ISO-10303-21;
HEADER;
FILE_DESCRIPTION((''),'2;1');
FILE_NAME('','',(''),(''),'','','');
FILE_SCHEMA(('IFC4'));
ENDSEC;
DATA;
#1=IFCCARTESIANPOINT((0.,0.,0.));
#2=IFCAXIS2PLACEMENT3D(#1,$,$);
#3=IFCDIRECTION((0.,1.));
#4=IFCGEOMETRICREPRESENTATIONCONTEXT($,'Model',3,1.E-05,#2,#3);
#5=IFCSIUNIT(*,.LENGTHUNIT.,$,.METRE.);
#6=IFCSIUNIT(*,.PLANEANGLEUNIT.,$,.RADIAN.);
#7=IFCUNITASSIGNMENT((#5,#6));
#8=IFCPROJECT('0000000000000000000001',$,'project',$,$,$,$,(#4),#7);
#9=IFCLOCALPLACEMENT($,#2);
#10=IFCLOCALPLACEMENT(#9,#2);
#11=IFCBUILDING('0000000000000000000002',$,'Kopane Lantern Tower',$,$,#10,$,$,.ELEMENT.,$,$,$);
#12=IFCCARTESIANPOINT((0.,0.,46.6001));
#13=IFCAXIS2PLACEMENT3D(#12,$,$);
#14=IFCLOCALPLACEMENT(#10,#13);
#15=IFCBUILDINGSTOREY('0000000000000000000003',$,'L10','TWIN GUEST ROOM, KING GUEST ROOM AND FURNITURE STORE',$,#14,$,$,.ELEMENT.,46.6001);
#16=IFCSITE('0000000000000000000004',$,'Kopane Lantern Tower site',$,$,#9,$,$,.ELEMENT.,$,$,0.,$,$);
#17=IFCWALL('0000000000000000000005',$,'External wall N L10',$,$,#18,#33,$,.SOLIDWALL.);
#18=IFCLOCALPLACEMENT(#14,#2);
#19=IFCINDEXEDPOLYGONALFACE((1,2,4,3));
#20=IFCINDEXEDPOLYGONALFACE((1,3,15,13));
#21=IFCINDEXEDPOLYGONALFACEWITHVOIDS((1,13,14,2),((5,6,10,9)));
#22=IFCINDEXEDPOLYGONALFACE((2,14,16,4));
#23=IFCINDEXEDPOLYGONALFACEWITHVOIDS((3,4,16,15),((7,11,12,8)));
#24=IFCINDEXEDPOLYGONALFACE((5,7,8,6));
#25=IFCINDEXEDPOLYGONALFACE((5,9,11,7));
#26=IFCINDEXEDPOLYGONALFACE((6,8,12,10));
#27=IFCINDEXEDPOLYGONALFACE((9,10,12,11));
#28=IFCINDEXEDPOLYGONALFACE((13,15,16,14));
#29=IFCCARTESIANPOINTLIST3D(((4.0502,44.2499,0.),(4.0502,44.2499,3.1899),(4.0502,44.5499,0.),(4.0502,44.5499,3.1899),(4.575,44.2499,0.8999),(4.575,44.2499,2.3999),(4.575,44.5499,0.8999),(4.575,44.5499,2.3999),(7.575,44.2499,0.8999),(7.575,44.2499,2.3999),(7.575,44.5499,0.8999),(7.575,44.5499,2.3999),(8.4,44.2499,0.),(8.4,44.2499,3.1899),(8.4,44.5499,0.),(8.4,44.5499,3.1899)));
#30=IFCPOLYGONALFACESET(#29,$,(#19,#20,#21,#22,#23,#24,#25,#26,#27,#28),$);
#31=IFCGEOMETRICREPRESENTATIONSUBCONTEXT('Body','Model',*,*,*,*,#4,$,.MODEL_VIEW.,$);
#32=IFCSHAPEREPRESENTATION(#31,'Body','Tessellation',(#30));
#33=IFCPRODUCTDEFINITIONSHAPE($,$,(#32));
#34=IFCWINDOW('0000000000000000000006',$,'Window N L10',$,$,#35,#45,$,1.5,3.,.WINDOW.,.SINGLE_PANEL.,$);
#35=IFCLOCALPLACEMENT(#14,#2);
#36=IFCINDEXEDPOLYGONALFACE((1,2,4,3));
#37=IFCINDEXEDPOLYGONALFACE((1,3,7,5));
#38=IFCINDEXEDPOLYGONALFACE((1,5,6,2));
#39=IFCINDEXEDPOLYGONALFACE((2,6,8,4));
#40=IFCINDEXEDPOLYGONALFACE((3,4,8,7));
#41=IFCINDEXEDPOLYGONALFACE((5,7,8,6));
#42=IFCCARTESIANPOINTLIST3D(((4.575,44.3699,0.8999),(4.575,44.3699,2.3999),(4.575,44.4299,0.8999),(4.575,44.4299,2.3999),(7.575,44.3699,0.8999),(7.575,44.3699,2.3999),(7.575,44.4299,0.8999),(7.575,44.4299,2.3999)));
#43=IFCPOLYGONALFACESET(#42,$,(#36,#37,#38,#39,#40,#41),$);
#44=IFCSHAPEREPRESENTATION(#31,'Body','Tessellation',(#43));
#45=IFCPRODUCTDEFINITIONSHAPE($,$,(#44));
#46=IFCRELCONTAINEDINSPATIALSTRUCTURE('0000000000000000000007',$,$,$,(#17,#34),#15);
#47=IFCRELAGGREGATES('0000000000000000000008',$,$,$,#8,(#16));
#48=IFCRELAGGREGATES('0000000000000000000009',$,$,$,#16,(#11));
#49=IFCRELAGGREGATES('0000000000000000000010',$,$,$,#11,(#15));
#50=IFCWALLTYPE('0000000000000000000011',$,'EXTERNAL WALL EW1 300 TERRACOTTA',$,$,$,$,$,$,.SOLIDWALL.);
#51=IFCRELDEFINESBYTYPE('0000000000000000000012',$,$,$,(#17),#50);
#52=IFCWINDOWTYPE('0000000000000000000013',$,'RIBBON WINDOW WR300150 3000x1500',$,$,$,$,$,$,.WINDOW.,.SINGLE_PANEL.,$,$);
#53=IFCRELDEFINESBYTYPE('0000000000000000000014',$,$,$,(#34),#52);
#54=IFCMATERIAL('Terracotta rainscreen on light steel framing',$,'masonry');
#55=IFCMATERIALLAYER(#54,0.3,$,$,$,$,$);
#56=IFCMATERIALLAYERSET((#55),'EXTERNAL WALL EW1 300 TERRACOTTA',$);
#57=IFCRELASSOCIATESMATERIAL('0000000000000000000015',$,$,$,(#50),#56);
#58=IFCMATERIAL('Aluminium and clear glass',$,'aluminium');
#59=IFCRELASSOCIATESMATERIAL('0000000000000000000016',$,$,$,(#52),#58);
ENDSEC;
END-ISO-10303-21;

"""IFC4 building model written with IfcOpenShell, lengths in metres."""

from ifc_helpers import new_model, si_unit, direction, frame, frame_2d, origin, place, context, subcontext, project, spatial, rectangle, extrude, material, layer, layer_set, type_object, element, fill, save


model = new_model("IFC4")

# Units and contexts
model_context = context("Model", 3, precision=1e-05, world=origin(), true_north=direction((0.0, 1.0)))
body_context = subcontext(model_context, "Body", "Model", "MODEL_VIEW")
ifc_project = project(units=[si_unit("LENGTHUNIT", "METRE"), si_unit("PLANEANGLEUNIT", "RADIAN")], contexts=[model_context])

# Site, building, storey
site_placement = place(None, origin())
site = spatial("IfcSite", under=ifc_project, at=site_placement, Name="Kopane Lantern Tower site", CompositionType="ELEMENT", RefElevation=0.0)
building_placement = place(site_placement, origin())
building = spatial("IfcBuilding", under=site, at=building_placement, Name="Kopane Lantern Tower", CompositionType="ELEMENT")
storey_placement = place(building_placement, frame((0.0, 0.0, 46.6001)))
storey = spatial("IfcBuildingStorey", under=building, at=storey_placement, Name="L10", Description="TWIN GUEST ROOM, KING GUEST ROOM AND FURNITURE STORE", CompositionType="ELEMENT", Elevation=46.6001)

# Wall, opening, window
ifc_material_1 = material(Name="Terracotta rainscreen on light steel framing", Category="masonry")
ifc_layer_1 = layer(ifc_material_1, 0.3)
ifc_layer_set_1 = layer_set([ifc_layer_1], Name="EXTERNAL WALL EW1 300 TERRACOTTA")
wall_type_1 = type_object("IfcWallType", Name="EXTERNAL WALL EW1 300 TERRACOTTA", PredefinedType="SOLIDWALL", material=ifc_layer_set_1)
ifc_material_2 = material(Name="Aluminium and clear glass", Category="aluminium")
window_type = type_object("IfcWindowType", Name="RIBBON WINDOW WR300150 3000x1500", PartitioningType="SINGLE_PANEL", PredefinedType="WINDOW", material=ifc_material_2)
wall_1_placement = place(storey_placement, frame((8.3999, 44.3999, 0.0), z_axis=(0.0, 0.0, 1.0), x_axis=(-1.0, 0.0, 0.0)))
wall_1 = element("IfcWall", 1, at=wall_1_placement, inside=storey, type_object=wall_type_1, Name="External wall N L10", PredefinedType="SOLIDWALL", context=body_context, shape_type="SweptSolid", body=[
    extrude(rectangle(XDim=4.3499, YDim=0.3, at=frame_2d((2.1748, 0.0))), origin(), (0.0, 0.0, 1.0), 3.1899),
])
opening_1_placement = place(wall_1_placement, frame((0.825, 0.0, 0.8999)))
opening_1 = element("IfcOpeningElement", 2, at=opening_1_placement, cuts=wall_1, PredefinedType="OPENING", context=body_context, shape_type="SweptSolid", body=[
    extrude(rectangle(XDim=3.0, YDim=1.5, at=frame_2d((1.5, 0.75))), frame((0.0, 0.1599, 0.0), z_axis=(0.0, -1.0, 0.0), x_axis=(1.0, 0.0, 0.0)), (0.0, 0.0, 1.0), 0.3201),
])
window_1_placement = place(opening_1_placement, origin())
window_1 = element("IfcWindow", 3, at=window_1_placement, inside=storey, type_object=window_type, Name="Window N L10", OverallHeight=1.5, OverallWidth=3.0, PartitioningType="SINGLE_PANEL", PredefinedType="WINDOW", context=body_context, shape_type="SweptSolid", body=[
    extrude(rectangle(XDim=3.0, YDim=1.5, at=frame_2d((1.5, 0.75))), frame((0.0, 0.03, 0.0), z_axis=(0.0, -1.0, 0.0), x_axis=(1.0, 0.0, 0.0)), (0.0, 0.0, 1.0), 0.0601),
])
fill(opening_1, window_1)

save(model, "model.ifc")
